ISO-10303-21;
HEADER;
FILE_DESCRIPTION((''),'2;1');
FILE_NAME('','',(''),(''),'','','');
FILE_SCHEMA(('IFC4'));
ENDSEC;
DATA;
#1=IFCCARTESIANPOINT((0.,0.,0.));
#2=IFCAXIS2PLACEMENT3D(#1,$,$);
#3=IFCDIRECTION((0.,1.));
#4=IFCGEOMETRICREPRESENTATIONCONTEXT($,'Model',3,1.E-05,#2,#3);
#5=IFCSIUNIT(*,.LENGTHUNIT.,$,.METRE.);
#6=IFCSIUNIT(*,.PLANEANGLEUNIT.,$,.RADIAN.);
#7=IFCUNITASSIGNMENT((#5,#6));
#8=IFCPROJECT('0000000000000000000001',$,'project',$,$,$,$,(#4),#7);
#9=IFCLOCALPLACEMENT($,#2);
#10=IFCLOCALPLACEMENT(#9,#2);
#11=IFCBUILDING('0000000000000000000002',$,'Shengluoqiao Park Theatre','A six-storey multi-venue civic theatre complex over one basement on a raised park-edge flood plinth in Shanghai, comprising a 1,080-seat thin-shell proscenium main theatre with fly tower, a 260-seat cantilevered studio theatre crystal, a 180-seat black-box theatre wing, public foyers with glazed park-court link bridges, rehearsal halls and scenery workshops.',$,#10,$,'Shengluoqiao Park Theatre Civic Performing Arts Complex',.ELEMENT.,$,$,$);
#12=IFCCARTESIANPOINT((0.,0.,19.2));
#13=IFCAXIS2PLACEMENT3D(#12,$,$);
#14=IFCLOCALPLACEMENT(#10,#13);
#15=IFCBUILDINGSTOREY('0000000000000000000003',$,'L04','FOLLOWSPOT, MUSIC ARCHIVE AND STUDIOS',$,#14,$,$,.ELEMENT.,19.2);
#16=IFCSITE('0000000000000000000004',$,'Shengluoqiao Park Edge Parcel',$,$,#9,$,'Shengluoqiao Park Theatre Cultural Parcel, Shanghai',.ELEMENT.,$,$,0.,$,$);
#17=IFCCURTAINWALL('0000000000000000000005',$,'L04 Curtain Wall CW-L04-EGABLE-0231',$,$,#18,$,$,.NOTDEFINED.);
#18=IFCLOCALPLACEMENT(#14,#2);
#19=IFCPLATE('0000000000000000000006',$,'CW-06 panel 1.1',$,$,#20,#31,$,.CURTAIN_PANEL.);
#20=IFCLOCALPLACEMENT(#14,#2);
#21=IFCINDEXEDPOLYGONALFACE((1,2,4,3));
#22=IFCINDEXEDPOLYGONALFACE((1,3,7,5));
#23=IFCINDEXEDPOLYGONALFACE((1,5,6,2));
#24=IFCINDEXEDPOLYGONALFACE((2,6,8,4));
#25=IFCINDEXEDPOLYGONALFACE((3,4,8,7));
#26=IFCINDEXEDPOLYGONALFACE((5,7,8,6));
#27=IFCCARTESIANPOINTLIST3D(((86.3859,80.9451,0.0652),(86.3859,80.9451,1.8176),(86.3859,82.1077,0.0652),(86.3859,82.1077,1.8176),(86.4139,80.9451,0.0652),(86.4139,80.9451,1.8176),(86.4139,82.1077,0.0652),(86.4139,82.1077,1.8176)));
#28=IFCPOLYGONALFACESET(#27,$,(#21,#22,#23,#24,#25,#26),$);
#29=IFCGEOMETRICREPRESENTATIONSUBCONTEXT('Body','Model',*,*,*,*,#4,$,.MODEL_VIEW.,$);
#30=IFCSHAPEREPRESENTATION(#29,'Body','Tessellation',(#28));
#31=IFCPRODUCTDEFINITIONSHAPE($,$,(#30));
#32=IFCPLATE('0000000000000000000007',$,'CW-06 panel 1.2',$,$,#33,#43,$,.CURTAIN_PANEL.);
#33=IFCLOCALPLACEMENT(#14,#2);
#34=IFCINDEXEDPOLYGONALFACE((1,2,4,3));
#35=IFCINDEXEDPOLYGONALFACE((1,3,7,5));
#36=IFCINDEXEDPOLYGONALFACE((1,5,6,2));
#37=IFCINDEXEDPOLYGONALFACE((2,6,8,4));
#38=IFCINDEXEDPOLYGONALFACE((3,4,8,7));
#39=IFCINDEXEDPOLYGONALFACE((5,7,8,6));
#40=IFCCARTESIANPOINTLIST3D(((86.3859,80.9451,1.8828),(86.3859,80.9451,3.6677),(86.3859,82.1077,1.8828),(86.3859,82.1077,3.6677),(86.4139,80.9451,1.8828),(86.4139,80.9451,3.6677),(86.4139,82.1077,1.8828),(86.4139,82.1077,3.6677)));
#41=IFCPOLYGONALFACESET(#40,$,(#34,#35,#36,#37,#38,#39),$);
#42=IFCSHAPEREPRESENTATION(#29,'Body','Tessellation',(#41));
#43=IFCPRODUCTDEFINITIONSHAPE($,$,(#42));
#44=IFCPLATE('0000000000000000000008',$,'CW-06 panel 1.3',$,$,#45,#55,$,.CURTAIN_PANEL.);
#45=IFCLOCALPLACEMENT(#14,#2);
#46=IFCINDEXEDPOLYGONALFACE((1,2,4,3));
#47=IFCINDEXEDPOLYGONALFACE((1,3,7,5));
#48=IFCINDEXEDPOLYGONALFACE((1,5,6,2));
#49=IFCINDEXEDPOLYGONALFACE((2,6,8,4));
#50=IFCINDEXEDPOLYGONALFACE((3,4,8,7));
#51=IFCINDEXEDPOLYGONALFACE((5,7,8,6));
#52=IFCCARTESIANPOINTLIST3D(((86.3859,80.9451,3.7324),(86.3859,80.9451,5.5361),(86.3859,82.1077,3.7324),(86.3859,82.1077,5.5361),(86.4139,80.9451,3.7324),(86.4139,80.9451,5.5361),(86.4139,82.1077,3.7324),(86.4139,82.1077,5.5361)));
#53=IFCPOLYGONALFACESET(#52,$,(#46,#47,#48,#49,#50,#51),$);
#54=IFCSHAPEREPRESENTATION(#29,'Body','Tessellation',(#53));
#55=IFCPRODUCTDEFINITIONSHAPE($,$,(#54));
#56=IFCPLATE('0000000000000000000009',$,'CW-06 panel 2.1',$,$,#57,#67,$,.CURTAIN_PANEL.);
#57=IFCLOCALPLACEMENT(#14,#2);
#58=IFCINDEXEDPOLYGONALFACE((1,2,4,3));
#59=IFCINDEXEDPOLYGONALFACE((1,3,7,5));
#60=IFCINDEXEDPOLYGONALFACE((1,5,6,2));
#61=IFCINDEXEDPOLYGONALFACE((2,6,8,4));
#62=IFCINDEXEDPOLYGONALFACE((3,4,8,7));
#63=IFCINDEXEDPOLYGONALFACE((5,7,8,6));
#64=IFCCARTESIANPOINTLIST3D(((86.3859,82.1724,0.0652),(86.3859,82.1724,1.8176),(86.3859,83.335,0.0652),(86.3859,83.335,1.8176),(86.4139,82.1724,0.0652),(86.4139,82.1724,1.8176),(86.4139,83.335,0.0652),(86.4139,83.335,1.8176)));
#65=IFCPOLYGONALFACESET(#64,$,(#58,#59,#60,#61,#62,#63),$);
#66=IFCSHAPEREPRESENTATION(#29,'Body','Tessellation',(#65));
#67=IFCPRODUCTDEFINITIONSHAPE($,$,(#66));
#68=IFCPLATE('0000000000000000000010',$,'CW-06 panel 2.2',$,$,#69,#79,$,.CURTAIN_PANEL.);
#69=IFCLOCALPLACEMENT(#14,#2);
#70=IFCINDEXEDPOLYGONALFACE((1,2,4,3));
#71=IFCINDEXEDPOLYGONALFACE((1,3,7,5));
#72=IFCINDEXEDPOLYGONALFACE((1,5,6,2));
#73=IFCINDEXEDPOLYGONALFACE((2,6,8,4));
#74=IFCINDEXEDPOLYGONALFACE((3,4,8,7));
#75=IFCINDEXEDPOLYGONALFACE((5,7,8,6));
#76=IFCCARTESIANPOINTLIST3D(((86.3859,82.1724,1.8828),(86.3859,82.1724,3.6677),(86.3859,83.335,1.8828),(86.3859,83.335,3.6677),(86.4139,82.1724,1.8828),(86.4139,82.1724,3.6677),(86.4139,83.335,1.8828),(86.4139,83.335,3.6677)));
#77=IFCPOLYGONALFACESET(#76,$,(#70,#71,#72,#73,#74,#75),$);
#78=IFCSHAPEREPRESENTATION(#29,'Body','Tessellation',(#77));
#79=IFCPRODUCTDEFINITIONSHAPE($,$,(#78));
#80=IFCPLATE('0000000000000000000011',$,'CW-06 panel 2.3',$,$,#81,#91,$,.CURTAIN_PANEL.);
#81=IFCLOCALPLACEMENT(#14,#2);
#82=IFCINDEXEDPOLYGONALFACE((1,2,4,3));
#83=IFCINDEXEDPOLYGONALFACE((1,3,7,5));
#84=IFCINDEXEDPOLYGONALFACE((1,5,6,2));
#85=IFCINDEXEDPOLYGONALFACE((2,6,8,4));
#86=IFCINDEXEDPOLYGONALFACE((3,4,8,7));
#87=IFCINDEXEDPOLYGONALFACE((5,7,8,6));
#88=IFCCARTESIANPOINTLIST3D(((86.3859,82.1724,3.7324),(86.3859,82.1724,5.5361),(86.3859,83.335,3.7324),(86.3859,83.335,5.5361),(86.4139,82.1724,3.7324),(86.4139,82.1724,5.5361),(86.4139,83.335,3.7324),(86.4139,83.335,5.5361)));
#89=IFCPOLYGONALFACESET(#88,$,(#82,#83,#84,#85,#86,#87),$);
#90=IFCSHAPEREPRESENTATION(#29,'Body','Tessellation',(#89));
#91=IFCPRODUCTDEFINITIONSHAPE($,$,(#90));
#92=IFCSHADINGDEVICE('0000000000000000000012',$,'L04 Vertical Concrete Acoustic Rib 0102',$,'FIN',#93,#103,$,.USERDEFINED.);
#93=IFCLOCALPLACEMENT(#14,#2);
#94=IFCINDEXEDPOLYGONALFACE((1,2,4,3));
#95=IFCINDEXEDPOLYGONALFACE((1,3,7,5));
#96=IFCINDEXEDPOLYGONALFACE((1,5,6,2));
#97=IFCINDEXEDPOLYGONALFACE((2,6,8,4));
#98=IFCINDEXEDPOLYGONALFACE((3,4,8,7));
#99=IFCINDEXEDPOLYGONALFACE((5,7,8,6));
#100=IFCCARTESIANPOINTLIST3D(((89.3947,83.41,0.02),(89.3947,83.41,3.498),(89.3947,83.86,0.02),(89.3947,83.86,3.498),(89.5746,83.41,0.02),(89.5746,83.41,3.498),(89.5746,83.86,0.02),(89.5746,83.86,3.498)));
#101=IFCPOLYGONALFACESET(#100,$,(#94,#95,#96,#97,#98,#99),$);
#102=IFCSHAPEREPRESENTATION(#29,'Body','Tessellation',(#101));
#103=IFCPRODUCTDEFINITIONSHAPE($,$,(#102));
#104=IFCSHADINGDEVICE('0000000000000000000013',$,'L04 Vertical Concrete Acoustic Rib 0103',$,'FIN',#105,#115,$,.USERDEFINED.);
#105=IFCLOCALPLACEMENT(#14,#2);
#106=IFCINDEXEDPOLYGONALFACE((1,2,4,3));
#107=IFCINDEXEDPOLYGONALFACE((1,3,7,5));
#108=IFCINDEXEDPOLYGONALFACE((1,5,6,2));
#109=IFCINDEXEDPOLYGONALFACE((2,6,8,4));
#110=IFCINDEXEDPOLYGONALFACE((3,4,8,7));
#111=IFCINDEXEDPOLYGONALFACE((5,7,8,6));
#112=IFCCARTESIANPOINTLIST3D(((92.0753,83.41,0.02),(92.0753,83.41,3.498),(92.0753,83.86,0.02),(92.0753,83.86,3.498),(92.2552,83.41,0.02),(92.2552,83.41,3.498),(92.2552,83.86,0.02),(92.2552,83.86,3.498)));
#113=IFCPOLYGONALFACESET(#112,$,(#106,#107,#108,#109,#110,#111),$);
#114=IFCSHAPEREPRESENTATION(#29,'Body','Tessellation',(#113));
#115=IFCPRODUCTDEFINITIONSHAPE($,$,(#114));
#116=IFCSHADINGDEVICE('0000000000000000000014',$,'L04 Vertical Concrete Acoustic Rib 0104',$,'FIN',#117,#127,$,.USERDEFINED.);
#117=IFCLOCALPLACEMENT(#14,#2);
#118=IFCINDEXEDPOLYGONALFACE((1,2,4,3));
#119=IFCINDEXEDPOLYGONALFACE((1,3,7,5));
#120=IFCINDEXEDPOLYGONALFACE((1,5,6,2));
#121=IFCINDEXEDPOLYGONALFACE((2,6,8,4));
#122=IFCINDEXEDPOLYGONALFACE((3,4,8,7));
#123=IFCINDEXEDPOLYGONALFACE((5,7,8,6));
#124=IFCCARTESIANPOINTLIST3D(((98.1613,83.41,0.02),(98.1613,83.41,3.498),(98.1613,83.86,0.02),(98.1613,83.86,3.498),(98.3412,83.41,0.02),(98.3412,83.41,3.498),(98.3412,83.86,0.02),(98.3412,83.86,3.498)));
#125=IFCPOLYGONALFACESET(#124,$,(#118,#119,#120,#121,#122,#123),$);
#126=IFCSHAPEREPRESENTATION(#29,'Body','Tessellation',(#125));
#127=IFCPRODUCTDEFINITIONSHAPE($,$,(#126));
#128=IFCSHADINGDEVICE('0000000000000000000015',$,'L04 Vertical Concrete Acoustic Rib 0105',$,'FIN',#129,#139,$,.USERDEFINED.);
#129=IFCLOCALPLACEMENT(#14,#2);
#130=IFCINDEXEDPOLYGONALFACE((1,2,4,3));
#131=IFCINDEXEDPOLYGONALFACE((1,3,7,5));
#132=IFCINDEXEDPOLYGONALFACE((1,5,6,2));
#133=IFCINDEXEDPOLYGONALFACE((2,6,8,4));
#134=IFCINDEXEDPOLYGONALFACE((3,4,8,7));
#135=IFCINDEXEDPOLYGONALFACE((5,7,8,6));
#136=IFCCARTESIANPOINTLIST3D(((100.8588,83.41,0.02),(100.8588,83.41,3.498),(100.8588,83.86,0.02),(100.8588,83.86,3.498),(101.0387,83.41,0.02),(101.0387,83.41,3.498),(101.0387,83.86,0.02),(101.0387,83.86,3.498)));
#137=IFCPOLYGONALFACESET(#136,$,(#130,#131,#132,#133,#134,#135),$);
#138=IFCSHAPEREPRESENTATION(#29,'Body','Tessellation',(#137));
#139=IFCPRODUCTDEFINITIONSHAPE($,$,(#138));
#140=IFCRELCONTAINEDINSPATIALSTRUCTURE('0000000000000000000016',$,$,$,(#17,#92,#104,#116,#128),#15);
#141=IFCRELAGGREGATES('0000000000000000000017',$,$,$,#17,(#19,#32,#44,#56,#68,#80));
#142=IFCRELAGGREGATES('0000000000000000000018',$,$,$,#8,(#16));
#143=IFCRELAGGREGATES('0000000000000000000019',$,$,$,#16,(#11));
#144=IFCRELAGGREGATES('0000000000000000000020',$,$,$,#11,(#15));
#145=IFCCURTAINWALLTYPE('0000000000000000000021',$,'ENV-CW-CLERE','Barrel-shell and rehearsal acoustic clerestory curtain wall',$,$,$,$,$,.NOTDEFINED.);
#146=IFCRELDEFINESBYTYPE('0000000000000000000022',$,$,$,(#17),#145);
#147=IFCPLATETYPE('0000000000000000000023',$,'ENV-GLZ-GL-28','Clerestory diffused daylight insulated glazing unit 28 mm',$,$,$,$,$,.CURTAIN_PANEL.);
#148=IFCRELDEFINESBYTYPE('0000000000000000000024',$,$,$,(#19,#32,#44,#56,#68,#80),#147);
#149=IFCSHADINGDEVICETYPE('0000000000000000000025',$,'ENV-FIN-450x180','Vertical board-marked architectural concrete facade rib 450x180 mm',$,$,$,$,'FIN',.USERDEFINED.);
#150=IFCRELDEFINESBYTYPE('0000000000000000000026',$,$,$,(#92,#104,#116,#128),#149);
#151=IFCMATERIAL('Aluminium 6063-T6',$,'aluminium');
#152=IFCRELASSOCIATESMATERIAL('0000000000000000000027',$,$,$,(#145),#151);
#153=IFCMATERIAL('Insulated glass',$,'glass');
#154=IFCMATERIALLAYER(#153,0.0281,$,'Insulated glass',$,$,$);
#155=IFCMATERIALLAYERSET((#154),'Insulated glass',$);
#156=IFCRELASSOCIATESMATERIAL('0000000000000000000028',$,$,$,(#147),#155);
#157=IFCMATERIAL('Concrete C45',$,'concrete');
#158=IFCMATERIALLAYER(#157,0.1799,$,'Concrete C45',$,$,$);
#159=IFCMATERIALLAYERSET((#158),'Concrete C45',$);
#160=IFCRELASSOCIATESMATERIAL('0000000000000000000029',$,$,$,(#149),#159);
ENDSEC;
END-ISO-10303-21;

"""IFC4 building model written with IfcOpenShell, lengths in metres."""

from ifc_helpers import new_model, si_unit, direction, frame, origin, origin_2d, place, context, subcontext, project, spatial, rectangle, extrude, material, layer, layer_set, type_object, element, aggregate, save


model = new_model("IFC4")

# Units and contexts
model_context = context("Model", 3, precision=1e-05, world=origin(), true_north=direction((0.0, 1.0)))
body_context = subcontext(model_context, "Body", "Model", "MODEL_VIEW")
ifc_project = project(units=[si_unit("LENGTHUNIT", "METRE"), si_unit("PLANEANGLEUNIT", "RADIAN")], contexts=[model_context])

# Site, building, storey
site_placement = place(None, origin())
site = spatial("IfcSite", under=ifc_project, at=site_placement, Name="Shengluoqiao Park Edge Parcel", LongName="Shengluoqiao Park Theatre Cultural Parcel, Shanghai", CompositionType="ELEMENT", RefElevation=0.0)
building_placement = place(site_placement, origin())
building = spatial("IfcBuilding", under=site, at=building_placement, Name="Shengluoqiao Park Theatre", Description="A six-storey multi-venue civic theatre complex over one basement on a raised park-edge flood plinth in Shanghai, comprising a 1,080-seat thin-shell proscenium main theatre with fly tower, a 260-seat cantilevered studio theatre crystal, a 180-seat black-box theatre wing, public foyers with glazed park-court link bridges, rehearsal halls and scenery workshops.", LongName="Shengluoqiao Park Theatre Civic Performing Arts Complex", CompositionType="ELEMENT")
storey_placement = place(building_placement, frame((0.0, 0.0, 19.2)))
storey = spatial("IfcBuildingStorey", under=building, at=storey_placement, Name="L04", Description="FOLLOWSPOT, MUSIC ARCHIVE AND STUDIOS", CompositionType="ELEMENT", Elevation=19.2)

# Shared definitions
ifc_material_1 = material(Name="Aluminium 6063-T6", Category="aluminium")
curtain_wall_type = type_object("IfcCurtainWallType", Name="ENV-CW-CLERE", Description="Barrel-shell and rehearsal acoustic clerestory curtain wall", PredefinedType="NOTDEFINED", material=ifc_material_1)

# Curtain wall
curtain_wall_1_placement = place(storey_placement, origin())
curtain_wall_1 = element("IfcCurtainWall", 1, at=curtain_wall_1_placement, inside=storey, type_object=curtain_wall_type, Name="L04 Curtain Wall CW-L04-EGABLE-0231", PredefinedType="NOTDEFINED")

# Plates
ifc_material_2 = material(Name="Insulated glass", Category="glass")
ifc_layer_1 = layer(ifc_material_2, 0.0281, Name="Insulated glass")
ifc_layer_set_1 = layer_set([ifc_layer_1], Name="Insulated glass")
plate_type = type_object("IfcPlateType", Name="ENV-GLZ-GL-28", Description="Clerestory diffused daylight insulated glazing unit 28 mm", PredefinedType="CURTAIN_PANEL", material=ifc_layer_set_1)
plate_1_placement = place(storey_placement, frame((86.3999, 81.5264, 0.0652), z_axis=(0.0, 0.0, 1.0), x_axis=(0.0, 1.0, 0.0)))
plate_1 = element("IfcPlate", 2, at=plate_1_placement, type_object=plate_type, Name="CW-06 panel 1.1", PredefinedType="CURTAIN_PANEL", context=body_context, shape_type="SweptSolid", body=[
    extrude(rectangle(XDim=1.1626, YDim=0.0281, at=origin_2d()), origin(), (0.0, 0.0, 1.0), 1.7524),
])
plate_2_placement = place(storey_placement, frame((86.3999, 81.5264, 1.8828), z_axis=(0.0, 0.0, 1.0), x_axis=(0.0, 1.0, 0.0)))
plate_2 = element("IfcPlate", 3, at=plate_2_placement, type_object=plate_type, Name="CW-06 panel 1.2", PredefinedType="CURTAIN_PANEL", context=body_context, shape_type="SweptSolid", body=[
    extrude(rectangle(XDim=1.1626, YDim=0.0281, at=origin_2d()), origin(), (0.0, 0.0, 1.0), 1.7849),
])
plate_3_placement = place(storey_placement, frame((86.3999, 81.5264, 3.7324), z_axis=(0.0, 0.0, 1.0), x_axis=(0.0, 1.0, 0.0)))
plate_3 = element("IfcPlate", 4, at=plate_3_placement, type_object=plate_type, Name="CW-06 panel 1.3", PredefinedType="CURTAIN_PANEL", context=body_context, shape_type="SweptSolid", body=[
    extrude(rectangle(XDim=1.1626, YDim=0.0281, at=origin_2d()), origin(), (0.0, 0.0, 1.0), 1.8037),
])
plate_4_placement = place(storey_placement, frame((86.3999, 82.7537, 0.0652), z_axis=(0.0, 0.0, 1.0), x_axis=(0.0, 1.0, 0.0)))
plate_4 = element("IfcPlate", 5, at=plate_4_placement, type_object=plate_type, Name="CW-06 panel 2.1", PredefinedType="CURTAIN_PANEL", context=body_context, shape_type="SweptSolid", body=[
    extrude(rectangle(XDim=1.1626, YDim=0.0281, at=origin_2d()), origin(), (0.0, 0.0, 1.0), 1.7524),
])
plate_5_placement = place(storey_placement, frame((86.3999, 82.7537, 1.8828), z_axis=(0.0, 0.0, 1.0), x_axis=(0.0, 1.0, 0.0)))
plate_5 = element("IfcPlate", 6, at=plate_5_placement, type_object=plate_type, Name="CW-06 panel 2.2", PredefinedType="CURTAIN_PANEL", context=body_context, shape_type="SweptSolid", body=[
    extrude(rectangle(XDim=1.1626, YDim=0.0281, at=origin_2d()), origin(), (0.0, 0.0, 1.0), 1.7849),
])
plate_6_placement = place(storey_placement, frame((86.3999, 82.7537, 3.7324), z_axis=(0.0, 0.0, 1.0), x_axis=(0.0, 1.0, 0.0)))
plate_6 = element("IfcPlate", 7, at=plate_6_placement, type_object=plate_type, Name="CW-06 panel 2.3", PredefinedType="CURTAIN_PANEL", context=body_context, shape_type="SweptSolid", body=[
    extrude(rectangle(XDim=1.1626, YDim=0.0281, at=origin_2d()), origin(), (0.0, 0.0, 1.0), 1.8037),
])
aggregate(curtain_wall_1, [plate_1, plate_2, plate_3, plate_4, plate_5, plate_6])

# Shading devices
ifc_material_3 = material(Name="Concrete C45", Category="concrete")
ifc_layer_2 = layer(ifc_material_3, 0.1799, Name="Concrete C45")
ifc_layer_set_2 = layer_set([ifc_layer_2], Name="Concrete C45")
shading_device_type = type_object("IfcShadingDeviceType", Name="ENV-FIN-450x180", Description="Vertical board-marked architectural concrete facade rib 450x180 mm", ElementType="FIN", PredefinedType="USERDEFINED", material=ifc_layer_set_2)
for number, where, z_axis, x_axis, name in (
    (8, (89.4846, 83.635, 0.02), (0.0, 0.0, 1.0), (0.0, -1.0, 0.0), "L04 Vertical Concrete Acoustic Rib 0102"),
    (9, (92.1653, 83.635, 0.02), (0.0, 0.0, 1.0), (0.0, -1.0, 0.0), "L04 Vertical Concrete Acoustic Rib 0103"),
    (10, (98.2512, 83.635, 0.02), (0.0, 0.0, 1.0), (0.0, -1.0, 0.0), "L04 Vertical Concrete Acoustic Rib 0104"),
    (11, (100.9487, 83.635, 0.02), (0.0, 0.0, 1.0), (0.0, -1.0, 0.0), "L04 Vertical Concrete Acoustic Rib 0105"),
):
    element("IfcShadingDevice", number, at=place(storey_placement, frame(where, z_axis=z_axis, x_axis=x_axis)), inside=storey, type_object=shading_device_type, Name=name, ObjectType="FIN", PredefinedType="USERDEFINED", context=body_context, shape_type="SweptSolid", body=[
        extrude(rectangle(XDim=0.45, YDim=0.1799, at=origin_2d()), origin(), (0.0, 0.0, 1.0), 3.478),
    ])

save(model, "model.ifc")
